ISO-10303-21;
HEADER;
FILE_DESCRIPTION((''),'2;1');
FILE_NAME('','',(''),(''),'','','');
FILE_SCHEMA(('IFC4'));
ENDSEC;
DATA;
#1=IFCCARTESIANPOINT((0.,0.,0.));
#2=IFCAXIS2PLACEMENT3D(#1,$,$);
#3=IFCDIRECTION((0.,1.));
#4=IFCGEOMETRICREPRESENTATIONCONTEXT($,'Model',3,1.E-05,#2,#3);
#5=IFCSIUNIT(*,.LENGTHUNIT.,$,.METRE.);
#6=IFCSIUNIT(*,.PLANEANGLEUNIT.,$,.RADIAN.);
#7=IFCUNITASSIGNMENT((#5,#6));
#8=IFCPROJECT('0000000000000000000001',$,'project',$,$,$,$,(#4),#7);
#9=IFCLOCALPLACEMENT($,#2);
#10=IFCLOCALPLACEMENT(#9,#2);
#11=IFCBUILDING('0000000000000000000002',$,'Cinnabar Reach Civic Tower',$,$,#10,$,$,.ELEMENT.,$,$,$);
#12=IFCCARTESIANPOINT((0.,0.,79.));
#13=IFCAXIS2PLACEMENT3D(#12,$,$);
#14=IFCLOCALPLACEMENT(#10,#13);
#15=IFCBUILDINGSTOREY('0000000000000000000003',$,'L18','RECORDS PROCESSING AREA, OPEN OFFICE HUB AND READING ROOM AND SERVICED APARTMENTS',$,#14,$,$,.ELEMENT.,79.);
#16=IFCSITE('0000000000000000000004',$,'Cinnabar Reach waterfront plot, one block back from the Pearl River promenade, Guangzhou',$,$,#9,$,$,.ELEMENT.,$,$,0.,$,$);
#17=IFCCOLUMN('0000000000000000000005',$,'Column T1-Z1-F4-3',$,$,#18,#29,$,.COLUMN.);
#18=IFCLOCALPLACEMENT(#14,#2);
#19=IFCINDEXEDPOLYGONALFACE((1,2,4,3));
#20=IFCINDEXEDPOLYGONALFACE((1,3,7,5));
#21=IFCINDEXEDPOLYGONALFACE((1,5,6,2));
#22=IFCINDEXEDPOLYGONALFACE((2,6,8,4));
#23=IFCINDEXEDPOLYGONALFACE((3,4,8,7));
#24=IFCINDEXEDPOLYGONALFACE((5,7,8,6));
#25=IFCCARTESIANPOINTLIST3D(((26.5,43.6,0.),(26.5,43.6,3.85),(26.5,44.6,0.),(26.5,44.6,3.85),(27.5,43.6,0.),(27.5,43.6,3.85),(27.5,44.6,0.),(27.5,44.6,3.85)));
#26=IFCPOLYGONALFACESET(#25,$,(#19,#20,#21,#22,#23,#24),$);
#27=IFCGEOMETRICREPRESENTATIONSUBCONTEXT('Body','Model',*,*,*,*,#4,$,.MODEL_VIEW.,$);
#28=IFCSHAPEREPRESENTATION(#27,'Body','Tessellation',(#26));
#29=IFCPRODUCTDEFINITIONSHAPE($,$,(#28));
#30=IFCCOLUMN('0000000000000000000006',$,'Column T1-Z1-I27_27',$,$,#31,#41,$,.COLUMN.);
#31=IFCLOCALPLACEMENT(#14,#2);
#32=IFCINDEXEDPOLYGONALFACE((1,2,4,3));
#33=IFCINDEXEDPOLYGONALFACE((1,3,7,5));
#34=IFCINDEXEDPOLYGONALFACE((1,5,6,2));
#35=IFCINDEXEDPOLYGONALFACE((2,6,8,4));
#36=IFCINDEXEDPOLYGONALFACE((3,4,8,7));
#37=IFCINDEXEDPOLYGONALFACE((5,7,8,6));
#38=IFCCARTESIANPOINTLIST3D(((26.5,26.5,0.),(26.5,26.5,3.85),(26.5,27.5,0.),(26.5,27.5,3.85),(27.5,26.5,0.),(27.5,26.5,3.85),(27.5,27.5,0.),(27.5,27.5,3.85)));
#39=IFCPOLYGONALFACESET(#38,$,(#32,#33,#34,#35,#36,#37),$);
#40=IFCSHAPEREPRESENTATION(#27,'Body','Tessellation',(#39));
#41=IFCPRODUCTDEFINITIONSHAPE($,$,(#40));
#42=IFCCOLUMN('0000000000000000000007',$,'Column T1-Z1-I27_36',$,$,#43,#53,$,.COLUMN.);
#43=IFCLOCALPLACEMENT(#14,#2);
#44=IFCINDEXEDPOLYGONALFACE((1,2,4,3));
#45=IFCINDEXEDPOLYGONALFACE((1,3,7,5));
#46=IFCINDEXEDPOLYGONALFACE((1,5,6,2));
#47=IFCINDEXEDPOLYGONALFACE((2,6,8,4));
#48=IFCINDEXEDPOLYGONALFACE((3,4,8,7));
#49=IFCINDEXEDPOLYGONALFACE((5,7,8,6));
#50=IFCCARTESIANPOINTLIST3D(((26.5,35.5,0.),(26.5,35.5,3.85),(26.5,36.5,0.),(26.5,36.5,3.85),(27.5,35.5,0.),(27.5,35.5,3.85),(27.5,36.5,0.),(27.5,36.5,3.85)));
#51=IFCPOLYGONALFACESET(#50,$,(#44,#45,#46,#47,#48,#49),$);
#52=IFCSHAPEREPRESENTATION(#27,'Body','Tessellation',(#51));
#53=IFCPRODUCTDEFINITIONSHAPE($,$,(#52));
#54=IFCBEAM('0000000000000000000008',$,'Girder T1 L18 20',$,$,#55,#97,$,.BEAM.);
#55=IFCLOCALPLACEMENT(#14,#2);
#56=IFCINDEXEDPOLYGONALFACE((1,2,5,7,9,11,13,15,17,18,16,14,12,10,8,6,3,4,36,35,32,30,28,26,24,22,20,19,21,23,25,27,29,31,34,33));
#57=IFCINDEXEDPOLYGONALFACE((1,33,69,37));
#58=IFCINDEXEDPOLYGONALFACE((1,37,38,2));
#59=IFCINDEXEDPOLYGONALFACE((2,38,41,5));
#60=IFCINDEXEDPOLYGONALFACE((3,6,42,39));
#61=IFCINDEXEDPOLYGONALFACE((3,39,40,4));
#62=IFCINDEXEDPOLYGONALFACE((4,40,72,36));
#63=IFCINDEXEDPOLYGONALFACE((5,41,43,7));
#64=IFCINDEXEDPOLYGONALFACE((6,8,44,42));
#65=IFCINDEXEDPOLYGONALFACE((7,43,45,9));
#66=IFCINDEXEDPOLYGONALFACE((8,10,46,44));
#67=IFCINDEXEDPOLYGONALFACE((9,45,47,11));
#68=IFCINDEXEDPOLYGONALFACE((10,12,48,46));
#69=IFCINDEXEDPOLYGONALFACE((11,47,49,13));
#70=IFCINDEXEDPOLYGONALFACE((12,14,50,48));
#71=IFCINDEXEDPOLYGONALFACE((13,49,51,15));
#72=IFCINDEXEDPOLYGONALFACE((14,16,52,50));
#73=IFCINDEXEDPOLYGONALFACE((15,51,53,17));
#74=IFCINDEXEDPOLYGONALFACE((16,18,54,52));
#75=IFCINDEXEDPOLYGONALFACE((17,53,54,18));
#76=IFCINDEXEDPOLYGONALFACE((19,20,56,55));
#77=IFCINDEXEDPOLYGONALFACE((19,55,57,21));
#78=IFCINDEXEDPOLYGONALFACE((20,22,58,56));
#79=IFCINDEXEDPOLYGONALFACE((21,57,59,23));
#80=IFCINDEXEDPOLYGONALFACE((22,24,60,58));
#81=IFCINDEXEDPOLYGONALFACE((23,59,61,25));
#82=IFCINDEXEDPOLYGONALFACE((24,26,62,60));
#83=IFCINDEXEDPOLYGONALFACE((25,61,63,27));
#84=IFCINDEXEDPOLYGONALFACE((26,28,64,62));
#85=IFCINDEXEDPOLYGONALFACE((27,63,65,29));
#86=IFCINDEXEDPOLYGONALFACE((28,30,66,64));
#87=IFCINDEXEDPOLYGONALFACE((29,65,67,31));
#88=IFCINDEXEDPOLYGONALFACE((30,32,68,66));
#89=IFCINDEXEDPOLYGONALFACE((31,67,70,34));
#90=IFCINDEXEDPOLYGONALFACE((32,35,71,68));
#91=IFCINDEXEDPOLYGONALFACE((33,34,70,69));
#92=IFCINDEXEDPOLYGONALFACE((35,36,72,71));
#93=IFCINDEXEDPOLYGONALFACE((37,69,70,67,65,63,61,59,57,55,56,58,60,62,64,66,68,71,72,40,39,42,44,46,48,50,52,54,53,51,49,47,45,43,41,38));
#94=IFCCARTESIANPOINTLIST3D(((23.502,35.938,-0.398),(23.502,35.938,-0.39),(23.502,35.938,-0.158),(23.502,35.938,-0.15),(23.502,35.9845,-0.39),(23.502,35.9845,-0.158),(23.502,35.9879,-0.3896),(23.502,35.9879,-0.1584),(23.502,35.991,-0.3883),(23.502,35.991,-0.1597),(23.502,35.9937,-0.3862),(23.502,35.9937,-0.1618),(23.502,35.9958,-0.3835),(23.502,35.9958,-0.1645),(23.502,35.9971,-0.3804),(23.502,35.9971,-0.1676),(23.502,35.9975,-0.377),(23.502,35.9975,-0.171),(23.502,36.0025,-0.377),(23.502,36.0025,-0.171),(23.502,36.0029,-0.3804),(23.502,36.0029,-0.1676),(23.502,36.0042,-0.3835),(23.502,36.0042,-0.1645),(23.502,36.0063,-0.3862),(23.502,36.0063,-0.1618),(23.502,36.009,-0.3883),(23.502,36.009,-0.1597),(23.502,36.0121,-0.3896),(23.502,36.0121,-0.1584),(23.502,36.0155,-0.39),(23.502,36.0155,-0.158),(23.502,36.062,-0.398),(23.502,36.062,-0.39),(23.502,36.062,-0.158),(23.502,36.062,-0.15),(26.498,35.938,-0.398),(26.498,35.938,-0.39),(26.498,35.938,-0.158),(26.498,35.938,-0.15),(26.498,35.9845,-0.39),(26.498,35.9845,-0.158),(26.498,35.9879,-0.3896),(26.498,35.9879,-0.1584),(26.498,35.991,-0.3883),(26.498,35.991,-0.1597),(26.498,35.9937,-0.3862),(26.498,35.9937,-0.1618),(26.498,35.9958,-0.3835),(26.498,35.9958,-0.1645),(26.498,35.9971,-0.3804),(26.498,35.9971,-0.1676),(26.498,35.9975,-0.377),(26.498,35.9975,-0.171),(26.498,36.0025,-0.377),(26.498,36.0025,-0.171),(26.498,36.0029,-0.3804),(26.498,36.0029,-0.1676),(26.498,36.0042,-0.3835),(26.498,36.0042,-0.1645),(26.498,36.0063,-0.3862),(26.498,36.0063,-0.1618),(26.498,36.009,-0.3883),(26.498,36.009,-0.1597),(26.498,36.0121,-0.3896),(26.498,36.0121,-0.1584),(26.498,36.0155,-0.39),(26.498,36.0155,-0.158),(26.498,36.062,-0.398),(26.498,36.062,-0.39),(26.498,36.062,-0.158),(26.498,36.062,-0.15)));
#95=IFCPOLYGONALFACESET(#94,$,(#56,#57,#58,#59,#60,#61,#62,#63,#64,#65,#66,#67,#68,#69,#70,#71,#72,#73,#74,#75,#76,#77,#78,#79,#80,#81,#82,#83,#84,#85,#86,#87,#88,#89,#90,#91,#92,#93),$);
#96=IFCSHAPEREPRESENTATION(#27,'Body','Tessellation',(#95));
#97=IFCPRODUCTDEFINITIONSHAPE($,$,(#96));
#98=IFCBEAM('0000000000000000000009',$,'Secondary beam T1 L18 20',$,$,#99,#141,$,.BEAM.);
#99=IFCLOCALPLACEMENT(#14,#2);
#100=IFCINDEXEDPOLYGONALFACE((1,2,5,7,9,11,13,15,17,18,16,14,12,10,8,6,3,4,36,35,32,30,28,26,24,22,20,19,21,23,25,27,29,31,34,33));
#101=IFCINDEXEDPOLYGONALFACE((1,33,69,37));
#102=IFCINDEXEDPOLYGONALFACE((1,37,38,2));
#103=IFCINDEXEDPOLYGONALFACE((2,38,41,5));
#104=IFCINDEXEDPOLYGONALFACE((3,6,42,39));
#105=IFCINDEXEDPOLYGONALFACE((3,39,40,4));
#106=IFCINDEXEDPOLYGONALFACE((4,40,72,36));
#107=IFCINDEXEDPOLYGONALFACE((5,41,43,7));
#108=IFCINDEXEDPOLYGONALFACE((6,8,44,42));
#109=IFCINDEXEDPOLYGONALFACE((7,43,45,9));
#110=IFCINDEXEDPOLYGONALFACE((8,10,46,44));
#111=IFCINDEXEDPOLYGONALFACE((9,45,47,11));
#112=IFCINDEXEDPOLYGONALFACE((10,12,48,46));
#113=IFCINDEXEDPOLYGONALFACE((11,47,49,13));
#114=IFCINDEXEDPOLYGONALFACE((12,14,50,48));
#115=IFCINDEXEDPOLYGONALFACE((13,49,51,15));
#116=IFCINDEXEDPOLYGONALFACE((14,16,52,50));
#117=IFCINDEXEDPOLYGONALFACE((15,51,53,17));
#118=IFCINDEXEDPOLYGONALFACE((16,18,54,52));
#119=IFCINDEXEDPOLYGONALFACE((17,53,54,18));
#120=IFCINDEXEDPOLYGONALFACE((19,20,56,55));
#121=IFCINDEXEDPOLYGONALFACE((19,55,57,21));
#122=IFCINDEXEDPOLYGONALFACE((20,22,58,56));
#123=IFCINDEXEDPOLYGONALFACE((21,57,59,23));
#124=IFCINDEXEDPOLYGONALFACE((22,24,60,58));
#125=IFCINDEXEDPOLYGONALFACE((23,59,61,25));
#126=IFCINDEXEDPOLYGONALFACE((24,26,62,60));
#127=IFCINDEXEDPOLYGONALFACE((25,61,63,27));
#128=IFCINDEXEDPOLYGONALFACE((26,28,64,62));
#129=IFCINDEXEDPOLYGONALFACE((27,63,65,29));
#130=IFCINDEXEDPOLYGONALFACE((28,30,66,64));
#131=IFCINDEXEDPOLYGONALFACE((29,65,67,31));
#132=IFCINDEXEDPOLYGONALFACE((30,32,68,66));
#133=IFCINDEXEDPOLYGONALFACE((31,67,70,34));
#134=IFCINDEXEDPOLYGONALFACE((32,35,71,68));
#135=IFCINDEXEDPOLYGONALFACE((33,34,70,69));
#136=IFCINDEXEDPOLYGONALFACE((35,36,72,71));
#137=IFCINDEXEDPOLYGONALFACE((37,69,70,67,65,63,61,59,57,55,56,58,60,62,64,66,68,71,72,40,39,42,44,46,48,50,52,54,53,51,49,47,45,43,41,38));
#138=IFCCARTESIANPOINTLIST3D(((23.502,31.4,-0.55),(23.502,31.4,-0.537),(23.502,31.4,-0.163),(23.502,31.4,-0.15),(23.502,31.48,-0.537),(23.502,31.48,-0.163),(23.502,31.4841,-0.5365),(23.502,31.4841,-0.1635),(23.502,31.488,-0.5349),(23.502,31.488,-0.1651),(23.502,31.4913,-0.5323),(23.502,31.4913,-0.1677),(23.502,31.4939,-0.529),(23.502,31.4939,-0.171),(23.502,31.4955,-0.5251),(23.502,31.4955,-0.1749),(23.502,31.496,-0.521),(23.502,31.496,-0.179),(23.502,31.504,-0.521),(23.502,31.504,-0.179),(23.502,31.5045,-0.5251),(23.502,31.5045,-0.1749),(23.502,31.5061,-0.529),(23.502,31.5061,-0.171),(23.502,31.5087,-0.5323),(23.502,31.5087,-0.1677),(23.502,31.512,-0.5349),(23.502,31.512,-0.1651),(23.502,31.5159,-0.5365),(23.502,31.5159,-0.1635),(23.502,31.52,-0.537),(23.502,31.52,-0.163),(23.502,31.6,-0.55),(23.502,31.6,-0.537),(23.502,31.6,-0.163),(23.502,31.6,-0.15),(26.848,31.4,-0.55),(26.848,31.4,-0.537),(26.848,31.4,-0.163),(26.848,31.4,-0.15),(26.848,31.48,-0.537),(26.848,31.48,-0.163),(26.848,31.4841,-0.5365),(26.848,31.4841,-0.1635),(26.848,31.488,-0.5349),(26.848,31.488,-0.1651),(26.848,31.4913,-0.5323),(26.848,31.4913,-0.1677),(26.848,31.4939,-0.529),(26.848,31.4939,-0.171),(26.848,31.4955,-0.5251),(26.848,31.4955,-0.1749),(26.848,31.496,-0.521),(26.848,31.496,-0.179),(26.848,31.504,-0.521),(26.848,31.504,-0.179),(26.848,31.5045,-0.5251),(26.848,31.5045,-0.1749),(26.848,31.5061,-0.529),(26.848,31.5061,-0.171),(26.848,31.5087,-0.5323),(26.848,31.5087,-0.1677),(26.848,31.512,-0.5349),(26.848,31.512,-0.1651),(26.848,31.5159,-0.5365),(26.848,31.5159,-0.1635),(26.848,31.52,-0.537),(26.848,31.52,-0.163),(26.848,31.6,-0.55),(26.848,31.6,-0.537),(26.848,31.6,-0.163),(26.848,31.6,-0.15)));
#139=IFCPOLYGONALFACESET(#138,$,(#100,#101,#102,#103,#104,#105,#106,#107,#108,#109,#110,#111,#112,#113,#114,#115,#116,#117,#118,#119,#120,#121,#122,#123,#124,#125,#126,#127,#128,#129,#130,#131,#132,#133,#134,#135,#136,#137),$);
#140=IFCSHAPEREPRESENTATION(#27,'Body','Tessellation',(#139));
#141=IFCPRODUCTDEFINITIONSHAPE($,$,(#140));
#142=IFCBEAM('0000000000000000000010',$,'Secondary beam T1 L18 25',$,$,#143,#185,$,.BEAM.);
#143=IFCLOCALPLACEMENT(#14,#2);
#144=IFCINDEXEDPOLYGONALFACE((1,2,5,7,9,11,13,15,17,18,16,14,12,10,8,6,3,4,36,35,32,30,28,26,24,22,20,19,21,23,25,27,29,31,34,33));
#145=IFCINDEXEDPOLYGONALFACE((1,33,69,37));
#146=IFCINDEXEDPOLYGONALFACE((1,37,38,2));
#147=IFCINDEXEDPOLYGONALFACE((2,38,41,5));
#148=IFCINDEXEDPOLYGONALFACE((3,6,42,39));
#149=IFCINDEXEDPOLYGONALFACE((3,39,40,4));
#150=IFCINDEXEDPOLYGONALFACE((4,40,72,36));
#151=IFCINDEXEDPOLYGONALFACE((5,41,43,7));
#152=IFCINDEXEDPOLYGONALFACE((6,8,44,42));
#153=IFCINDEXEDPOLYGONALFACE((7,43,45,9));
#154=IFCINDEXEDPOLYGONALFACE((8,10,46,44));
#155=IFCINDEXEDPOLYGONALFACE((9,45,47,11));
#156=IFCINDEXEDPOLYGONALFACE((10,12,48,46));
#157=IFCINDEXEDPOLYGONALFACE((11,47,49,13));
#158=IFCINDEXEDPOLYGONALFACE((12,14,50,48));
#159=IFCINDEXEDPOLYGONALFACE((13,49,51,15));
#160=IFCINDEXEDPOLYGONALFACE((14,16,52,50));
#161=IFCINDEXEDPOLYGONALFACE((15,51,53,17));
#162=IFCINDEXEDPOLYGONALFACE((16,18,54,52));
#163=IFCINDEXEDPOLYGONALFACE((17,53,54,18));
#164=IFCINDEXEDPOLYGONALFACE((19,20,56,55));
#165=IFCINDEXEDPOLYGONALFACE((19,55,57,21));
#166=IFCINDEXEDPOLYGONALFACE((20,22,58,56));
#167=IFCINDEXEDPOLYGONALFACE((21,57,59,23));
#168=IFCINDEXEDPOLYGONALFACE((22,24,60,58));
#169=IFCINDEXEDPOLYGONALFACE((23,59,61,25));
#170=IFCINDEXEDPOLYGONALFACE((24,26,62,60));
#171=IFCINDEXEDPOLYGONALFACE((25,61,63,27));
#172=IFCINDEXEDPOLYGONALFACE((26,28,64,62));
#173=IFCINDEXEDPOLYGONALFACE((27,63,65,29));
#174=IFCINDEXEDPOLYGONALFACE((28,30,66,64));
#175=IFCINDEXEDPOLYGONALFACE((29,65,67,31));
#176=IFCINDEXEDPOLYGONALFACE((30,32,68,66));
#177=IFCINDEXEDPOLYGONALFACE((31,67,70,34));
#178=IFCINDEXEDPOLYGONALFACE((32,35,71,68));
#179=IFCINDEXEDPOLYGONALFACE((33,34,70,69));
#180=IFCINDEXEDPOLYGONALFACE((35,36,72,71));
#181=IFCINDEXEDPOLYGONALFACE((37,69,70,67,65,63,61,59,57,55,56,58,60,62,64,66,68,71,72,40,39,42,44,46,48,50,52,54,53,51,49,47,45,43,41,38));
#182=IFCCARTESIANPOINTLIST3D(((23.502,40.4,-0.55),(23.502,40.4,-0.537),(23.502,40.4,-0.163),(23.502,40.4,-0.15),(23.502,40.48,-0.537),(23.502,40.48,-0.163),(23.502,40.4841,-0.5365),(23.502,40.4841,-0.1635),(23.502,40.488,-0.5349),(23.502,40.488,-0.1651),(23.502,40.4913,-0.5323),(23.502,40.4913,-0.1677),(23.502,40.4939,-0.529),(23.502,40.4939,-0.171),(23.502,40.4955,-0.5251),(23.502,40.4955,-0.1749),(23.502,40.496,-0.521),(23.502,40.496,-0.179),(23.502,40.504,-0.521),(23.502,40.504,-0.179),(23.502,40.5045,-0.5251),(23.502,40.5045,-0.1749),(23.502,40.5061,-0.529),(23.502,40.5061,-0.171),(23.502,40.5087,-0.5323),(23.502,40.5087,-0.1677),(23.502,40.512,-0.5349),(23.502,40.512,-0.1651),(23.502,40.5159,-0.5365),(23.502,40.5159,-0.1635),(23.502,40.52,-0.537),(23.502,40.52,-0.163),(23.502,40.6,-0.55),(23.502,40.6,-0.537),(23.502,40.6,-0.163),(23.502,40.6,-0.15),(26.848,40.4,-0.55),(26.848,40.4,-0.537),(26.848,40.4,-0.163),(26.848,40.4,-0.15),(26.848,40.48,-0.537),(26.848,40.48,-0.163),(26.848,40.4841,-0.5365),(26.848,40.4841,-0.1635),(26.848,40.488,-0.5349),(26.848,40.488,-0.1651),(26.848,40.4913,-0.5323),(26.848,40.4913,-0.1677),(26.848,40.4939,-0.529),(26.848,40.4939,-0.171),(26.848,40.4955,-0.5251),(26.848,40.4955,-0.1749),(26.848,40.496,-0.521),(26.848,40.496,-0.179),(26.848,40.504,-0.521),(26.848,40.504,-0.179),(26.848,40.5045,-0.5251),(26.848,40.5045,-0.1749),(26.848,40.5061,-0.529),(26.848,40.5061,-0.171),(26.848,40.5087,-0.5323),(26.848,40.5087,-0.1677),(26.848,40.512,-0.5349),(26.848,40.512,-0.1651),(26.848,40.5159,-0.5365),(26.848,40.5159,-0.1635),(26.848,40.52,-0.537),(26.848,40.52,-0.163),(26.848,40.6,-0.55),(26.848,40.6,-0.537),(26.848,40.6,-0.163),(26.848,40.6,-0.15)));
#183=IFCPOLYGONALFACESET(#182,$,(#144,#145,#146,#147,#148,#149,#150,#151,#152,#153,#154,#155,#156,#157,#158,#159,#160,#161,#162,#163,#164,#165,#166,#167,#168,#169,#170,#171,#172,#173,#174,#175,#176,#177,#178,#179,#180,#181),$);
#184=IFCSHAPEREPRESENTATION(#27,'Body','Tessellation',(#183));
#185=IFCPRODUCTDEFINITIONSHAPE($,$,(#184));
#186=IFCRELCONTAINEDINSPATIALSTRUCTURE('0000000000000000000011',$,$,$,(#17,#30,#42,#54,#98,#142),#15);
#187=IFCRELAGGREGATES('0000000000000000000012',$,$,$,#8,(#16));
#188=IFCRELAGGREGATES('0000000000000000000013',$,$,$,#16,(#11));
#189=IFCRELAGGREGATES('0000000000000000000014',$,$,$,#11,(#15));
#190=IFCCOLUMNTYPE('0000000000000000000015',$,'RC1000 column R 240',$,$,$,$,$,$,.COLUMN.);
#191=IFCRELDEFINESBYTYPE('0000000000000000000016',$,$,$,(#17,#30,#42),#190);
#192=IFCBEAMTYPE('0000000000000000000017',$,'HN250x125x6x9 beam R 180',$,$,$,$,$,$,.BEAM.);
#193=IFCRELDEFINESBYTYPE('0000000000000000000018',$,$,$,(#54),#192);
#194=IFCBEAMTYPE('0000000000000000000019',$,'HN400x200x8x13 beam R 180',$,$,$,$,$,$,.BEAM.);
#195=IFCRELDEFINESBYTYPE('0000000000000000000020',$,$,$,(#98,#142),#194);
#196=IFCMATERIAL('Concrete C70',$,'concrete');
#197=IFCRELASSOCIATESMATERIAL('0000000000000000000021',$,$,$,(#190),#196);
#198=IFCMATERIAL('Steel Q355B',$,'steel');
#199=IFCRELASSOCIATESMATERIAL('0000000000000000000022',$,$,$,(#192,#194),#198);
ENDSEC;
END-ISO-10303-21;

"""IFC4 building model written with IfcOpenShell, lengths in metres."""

from ifc_helpers import new_model, si_unit, direction, frame, origin, origin_2d, place, context, subcontext, project, spatial, rectangle, i_section, extrude, material, material_profile, profile_set, type_object, element, save


model = new_model("IFC4")

# Units and contexts
model_context = context("Model", 3, precision=1e-05, world=origin(), true_north=direction((0.0, 1.0)))
body_context = subcontext(model_context, "Body", "Model", "MODEL_VIEW")
ifc_project = project(units=[si_unit("LENGTHUNIT", "METRE"), si_unit("PLANEANGLEUNIT", "RADIAN")], contexts=[model_context])

# Site, building, storey
site_placement = place(None, origin())
site = spatial("IfcSite", under=ifc_project, at=site_placement, Name="Cinnabar Reach waterfront plot, one block back from the Pearl River promenade, Guangzhou", CompositionType="ELEMENT", RefElevation=0.0)
building_placement = place(site_placement, origin())
building = spatial("IfcBuilding", under=site, at=building_placement, Name="Cinnabar Reach Civic Tower", CompositionType="ELEMENT")
storey_placement = place(building_placement, frame((0.0, 0.0, 79.0)))
storey = spatial("IfcBuildingStorey", under=building, at=storey_placement, Name="L18", Description="RECORDS PROCESSING AREA, OPEN OFFICE HUB AND READING ROOM AND SERVICED APARTMENTS", CompositionType="ELEMENT", Elevation=79.0)

# Columns
ifc_material_1 = material(Name="Concrete C70", Category="concrete")
ifc_material_profile_1 = material_profile(ifc_material_1, rectangle(XDim=1.0, YDim=1.0, at=origin_2d()), Name="RC1000")
ifc_profile_set_1 = profile_set([ifc_material_profile_1], Name="Concrete C70")
column_type = type_object("IfcColumnType", Name="RC1000 column R 240", PredefinedType="COLUMN", material=ifc_profile_set_1)
for number, where, z_axis, x_axis, name in (
    (1, (27.0, 44.1, 0.0), (0.0, 0.0, 1.0), (1.0, 0.0, 0.0), "Column T1-Z1-F4-3"),
    (2, (27.0, 27.0, 0.0), (0.0, 0.0, 1.0), (1.0, 0.0, 0.0), "Column T1-Z1-I27_27"),
    (3, (27.0, 36.0, 0.0), (0.0, 0.0, 1.0), (1.0, 0.0, 0.0), "Column T1-Z1-I27_36"),
):
    element("IfcColumn", number, at=place(storey_placement, frame(where, z_axis=z_axis, x_axis=x_axis)), inside=storey, type_object=column_type, Name=name, PredefinedType="COLUMN", context=body_context, shape_type="SweptSolid", body=[
        extrude(rectangle(XDim=1.0, YDim=1.0, at=origin_2d()), origin(), (0.0, 0.0, 1.0), 3.85),
    ])

# Beams
ifc_material_2 = material(Name="Steel Q355B", Category="steel")
ifc_material_profile_2 = material_profile(ifc_material_2, i_section(OverallWidth=0.124, OverallDepth=0.248, WebThickness=0.005, FlangeThickness=0.008, FilletRadius=0.013, at=origin_2d()), Name="HN250x125x6x9")
ifc_profile_set_2 = profile_set([ifc_material_profile_2], Name="Steel Q355B")
beam_type_1 = type_object("IfcBeamType", Name="HN250x125x6x9 beam R 180", PredefinedType="BEAM", material=ifc_profile_set_2)
beam_1_placement = place(storey_placement, frame((23.502, 36.0, -0.274), z_axis=(1.0, 0.0, 0.0), x_axis=(0.0, 1.0, 0.0)))
element("IfcBeam", 4, at=beam_1_placement, inside=storey, type_object=beam_type_1, Name="Girder T1 L18 20", PredefinedType="BEAM", context=body_context, shape_type="SweptSolid", body=[
    extrude(i_section(OverallWidth=0.124, OverallDepth=0.248, WebThickness=0.005, FlangeThickness=0.008, FilletRadius=0.013, at=origin_2d()), origin(), (0.0, 0.0, 1.0), 2.996),
])
ifc_material_profile_3 = material_profile(ifc_material_2, i_section(OverallWidth=0.2, OverallDepth=0.4, WebThickness=0.008, FlangeThickness=0.013, FilletRadius=0.016, at=origin_2d()), Name="HN400x200x8x13")
ifc_profile_set_3 = profile_set([ifc_material_profile_3], Name="Steel Q355B")
beam_type_2 = type_object("IfcBeamType", Name="HN400x200x8x13 beam R 180", PredefinedType="BEAM", material=ifc_profile_set_3)
for number, where, z_axis, x_axis, name in (
    (5, (23.502, 31.5, -0.35), (1.0, 0.0, 0.0), (0.0, 1.0, 0.0), "Secondary beam T1 L18 20"),
    (6, (23.502, 40.5, -0.35), (1.0, 0.0, 0.0), (0.0, 1.0, 0.0), "Secondary beam T1 L18 25"),
):
    element("IfcBeam", number, at=place(storey_placement, frame(where, z_axis=z_axis, x_axis=x_axis)), inside=storey, type_object=beam_type_2, Name=name, PredefinedType="BEAM", context=body_context, shape_type="SweptSolid", body=[
        extrude(i_section(OverallWidth=0.2, OverallDepth=0.4, WebThickness=0.008, FlangeThickness=0.013, FilletRadius=0.016, at=origin_2d()), origin(), (0.0, 0.0, 1.0), 3.346),
    ])

save(model, "model.ifc")
